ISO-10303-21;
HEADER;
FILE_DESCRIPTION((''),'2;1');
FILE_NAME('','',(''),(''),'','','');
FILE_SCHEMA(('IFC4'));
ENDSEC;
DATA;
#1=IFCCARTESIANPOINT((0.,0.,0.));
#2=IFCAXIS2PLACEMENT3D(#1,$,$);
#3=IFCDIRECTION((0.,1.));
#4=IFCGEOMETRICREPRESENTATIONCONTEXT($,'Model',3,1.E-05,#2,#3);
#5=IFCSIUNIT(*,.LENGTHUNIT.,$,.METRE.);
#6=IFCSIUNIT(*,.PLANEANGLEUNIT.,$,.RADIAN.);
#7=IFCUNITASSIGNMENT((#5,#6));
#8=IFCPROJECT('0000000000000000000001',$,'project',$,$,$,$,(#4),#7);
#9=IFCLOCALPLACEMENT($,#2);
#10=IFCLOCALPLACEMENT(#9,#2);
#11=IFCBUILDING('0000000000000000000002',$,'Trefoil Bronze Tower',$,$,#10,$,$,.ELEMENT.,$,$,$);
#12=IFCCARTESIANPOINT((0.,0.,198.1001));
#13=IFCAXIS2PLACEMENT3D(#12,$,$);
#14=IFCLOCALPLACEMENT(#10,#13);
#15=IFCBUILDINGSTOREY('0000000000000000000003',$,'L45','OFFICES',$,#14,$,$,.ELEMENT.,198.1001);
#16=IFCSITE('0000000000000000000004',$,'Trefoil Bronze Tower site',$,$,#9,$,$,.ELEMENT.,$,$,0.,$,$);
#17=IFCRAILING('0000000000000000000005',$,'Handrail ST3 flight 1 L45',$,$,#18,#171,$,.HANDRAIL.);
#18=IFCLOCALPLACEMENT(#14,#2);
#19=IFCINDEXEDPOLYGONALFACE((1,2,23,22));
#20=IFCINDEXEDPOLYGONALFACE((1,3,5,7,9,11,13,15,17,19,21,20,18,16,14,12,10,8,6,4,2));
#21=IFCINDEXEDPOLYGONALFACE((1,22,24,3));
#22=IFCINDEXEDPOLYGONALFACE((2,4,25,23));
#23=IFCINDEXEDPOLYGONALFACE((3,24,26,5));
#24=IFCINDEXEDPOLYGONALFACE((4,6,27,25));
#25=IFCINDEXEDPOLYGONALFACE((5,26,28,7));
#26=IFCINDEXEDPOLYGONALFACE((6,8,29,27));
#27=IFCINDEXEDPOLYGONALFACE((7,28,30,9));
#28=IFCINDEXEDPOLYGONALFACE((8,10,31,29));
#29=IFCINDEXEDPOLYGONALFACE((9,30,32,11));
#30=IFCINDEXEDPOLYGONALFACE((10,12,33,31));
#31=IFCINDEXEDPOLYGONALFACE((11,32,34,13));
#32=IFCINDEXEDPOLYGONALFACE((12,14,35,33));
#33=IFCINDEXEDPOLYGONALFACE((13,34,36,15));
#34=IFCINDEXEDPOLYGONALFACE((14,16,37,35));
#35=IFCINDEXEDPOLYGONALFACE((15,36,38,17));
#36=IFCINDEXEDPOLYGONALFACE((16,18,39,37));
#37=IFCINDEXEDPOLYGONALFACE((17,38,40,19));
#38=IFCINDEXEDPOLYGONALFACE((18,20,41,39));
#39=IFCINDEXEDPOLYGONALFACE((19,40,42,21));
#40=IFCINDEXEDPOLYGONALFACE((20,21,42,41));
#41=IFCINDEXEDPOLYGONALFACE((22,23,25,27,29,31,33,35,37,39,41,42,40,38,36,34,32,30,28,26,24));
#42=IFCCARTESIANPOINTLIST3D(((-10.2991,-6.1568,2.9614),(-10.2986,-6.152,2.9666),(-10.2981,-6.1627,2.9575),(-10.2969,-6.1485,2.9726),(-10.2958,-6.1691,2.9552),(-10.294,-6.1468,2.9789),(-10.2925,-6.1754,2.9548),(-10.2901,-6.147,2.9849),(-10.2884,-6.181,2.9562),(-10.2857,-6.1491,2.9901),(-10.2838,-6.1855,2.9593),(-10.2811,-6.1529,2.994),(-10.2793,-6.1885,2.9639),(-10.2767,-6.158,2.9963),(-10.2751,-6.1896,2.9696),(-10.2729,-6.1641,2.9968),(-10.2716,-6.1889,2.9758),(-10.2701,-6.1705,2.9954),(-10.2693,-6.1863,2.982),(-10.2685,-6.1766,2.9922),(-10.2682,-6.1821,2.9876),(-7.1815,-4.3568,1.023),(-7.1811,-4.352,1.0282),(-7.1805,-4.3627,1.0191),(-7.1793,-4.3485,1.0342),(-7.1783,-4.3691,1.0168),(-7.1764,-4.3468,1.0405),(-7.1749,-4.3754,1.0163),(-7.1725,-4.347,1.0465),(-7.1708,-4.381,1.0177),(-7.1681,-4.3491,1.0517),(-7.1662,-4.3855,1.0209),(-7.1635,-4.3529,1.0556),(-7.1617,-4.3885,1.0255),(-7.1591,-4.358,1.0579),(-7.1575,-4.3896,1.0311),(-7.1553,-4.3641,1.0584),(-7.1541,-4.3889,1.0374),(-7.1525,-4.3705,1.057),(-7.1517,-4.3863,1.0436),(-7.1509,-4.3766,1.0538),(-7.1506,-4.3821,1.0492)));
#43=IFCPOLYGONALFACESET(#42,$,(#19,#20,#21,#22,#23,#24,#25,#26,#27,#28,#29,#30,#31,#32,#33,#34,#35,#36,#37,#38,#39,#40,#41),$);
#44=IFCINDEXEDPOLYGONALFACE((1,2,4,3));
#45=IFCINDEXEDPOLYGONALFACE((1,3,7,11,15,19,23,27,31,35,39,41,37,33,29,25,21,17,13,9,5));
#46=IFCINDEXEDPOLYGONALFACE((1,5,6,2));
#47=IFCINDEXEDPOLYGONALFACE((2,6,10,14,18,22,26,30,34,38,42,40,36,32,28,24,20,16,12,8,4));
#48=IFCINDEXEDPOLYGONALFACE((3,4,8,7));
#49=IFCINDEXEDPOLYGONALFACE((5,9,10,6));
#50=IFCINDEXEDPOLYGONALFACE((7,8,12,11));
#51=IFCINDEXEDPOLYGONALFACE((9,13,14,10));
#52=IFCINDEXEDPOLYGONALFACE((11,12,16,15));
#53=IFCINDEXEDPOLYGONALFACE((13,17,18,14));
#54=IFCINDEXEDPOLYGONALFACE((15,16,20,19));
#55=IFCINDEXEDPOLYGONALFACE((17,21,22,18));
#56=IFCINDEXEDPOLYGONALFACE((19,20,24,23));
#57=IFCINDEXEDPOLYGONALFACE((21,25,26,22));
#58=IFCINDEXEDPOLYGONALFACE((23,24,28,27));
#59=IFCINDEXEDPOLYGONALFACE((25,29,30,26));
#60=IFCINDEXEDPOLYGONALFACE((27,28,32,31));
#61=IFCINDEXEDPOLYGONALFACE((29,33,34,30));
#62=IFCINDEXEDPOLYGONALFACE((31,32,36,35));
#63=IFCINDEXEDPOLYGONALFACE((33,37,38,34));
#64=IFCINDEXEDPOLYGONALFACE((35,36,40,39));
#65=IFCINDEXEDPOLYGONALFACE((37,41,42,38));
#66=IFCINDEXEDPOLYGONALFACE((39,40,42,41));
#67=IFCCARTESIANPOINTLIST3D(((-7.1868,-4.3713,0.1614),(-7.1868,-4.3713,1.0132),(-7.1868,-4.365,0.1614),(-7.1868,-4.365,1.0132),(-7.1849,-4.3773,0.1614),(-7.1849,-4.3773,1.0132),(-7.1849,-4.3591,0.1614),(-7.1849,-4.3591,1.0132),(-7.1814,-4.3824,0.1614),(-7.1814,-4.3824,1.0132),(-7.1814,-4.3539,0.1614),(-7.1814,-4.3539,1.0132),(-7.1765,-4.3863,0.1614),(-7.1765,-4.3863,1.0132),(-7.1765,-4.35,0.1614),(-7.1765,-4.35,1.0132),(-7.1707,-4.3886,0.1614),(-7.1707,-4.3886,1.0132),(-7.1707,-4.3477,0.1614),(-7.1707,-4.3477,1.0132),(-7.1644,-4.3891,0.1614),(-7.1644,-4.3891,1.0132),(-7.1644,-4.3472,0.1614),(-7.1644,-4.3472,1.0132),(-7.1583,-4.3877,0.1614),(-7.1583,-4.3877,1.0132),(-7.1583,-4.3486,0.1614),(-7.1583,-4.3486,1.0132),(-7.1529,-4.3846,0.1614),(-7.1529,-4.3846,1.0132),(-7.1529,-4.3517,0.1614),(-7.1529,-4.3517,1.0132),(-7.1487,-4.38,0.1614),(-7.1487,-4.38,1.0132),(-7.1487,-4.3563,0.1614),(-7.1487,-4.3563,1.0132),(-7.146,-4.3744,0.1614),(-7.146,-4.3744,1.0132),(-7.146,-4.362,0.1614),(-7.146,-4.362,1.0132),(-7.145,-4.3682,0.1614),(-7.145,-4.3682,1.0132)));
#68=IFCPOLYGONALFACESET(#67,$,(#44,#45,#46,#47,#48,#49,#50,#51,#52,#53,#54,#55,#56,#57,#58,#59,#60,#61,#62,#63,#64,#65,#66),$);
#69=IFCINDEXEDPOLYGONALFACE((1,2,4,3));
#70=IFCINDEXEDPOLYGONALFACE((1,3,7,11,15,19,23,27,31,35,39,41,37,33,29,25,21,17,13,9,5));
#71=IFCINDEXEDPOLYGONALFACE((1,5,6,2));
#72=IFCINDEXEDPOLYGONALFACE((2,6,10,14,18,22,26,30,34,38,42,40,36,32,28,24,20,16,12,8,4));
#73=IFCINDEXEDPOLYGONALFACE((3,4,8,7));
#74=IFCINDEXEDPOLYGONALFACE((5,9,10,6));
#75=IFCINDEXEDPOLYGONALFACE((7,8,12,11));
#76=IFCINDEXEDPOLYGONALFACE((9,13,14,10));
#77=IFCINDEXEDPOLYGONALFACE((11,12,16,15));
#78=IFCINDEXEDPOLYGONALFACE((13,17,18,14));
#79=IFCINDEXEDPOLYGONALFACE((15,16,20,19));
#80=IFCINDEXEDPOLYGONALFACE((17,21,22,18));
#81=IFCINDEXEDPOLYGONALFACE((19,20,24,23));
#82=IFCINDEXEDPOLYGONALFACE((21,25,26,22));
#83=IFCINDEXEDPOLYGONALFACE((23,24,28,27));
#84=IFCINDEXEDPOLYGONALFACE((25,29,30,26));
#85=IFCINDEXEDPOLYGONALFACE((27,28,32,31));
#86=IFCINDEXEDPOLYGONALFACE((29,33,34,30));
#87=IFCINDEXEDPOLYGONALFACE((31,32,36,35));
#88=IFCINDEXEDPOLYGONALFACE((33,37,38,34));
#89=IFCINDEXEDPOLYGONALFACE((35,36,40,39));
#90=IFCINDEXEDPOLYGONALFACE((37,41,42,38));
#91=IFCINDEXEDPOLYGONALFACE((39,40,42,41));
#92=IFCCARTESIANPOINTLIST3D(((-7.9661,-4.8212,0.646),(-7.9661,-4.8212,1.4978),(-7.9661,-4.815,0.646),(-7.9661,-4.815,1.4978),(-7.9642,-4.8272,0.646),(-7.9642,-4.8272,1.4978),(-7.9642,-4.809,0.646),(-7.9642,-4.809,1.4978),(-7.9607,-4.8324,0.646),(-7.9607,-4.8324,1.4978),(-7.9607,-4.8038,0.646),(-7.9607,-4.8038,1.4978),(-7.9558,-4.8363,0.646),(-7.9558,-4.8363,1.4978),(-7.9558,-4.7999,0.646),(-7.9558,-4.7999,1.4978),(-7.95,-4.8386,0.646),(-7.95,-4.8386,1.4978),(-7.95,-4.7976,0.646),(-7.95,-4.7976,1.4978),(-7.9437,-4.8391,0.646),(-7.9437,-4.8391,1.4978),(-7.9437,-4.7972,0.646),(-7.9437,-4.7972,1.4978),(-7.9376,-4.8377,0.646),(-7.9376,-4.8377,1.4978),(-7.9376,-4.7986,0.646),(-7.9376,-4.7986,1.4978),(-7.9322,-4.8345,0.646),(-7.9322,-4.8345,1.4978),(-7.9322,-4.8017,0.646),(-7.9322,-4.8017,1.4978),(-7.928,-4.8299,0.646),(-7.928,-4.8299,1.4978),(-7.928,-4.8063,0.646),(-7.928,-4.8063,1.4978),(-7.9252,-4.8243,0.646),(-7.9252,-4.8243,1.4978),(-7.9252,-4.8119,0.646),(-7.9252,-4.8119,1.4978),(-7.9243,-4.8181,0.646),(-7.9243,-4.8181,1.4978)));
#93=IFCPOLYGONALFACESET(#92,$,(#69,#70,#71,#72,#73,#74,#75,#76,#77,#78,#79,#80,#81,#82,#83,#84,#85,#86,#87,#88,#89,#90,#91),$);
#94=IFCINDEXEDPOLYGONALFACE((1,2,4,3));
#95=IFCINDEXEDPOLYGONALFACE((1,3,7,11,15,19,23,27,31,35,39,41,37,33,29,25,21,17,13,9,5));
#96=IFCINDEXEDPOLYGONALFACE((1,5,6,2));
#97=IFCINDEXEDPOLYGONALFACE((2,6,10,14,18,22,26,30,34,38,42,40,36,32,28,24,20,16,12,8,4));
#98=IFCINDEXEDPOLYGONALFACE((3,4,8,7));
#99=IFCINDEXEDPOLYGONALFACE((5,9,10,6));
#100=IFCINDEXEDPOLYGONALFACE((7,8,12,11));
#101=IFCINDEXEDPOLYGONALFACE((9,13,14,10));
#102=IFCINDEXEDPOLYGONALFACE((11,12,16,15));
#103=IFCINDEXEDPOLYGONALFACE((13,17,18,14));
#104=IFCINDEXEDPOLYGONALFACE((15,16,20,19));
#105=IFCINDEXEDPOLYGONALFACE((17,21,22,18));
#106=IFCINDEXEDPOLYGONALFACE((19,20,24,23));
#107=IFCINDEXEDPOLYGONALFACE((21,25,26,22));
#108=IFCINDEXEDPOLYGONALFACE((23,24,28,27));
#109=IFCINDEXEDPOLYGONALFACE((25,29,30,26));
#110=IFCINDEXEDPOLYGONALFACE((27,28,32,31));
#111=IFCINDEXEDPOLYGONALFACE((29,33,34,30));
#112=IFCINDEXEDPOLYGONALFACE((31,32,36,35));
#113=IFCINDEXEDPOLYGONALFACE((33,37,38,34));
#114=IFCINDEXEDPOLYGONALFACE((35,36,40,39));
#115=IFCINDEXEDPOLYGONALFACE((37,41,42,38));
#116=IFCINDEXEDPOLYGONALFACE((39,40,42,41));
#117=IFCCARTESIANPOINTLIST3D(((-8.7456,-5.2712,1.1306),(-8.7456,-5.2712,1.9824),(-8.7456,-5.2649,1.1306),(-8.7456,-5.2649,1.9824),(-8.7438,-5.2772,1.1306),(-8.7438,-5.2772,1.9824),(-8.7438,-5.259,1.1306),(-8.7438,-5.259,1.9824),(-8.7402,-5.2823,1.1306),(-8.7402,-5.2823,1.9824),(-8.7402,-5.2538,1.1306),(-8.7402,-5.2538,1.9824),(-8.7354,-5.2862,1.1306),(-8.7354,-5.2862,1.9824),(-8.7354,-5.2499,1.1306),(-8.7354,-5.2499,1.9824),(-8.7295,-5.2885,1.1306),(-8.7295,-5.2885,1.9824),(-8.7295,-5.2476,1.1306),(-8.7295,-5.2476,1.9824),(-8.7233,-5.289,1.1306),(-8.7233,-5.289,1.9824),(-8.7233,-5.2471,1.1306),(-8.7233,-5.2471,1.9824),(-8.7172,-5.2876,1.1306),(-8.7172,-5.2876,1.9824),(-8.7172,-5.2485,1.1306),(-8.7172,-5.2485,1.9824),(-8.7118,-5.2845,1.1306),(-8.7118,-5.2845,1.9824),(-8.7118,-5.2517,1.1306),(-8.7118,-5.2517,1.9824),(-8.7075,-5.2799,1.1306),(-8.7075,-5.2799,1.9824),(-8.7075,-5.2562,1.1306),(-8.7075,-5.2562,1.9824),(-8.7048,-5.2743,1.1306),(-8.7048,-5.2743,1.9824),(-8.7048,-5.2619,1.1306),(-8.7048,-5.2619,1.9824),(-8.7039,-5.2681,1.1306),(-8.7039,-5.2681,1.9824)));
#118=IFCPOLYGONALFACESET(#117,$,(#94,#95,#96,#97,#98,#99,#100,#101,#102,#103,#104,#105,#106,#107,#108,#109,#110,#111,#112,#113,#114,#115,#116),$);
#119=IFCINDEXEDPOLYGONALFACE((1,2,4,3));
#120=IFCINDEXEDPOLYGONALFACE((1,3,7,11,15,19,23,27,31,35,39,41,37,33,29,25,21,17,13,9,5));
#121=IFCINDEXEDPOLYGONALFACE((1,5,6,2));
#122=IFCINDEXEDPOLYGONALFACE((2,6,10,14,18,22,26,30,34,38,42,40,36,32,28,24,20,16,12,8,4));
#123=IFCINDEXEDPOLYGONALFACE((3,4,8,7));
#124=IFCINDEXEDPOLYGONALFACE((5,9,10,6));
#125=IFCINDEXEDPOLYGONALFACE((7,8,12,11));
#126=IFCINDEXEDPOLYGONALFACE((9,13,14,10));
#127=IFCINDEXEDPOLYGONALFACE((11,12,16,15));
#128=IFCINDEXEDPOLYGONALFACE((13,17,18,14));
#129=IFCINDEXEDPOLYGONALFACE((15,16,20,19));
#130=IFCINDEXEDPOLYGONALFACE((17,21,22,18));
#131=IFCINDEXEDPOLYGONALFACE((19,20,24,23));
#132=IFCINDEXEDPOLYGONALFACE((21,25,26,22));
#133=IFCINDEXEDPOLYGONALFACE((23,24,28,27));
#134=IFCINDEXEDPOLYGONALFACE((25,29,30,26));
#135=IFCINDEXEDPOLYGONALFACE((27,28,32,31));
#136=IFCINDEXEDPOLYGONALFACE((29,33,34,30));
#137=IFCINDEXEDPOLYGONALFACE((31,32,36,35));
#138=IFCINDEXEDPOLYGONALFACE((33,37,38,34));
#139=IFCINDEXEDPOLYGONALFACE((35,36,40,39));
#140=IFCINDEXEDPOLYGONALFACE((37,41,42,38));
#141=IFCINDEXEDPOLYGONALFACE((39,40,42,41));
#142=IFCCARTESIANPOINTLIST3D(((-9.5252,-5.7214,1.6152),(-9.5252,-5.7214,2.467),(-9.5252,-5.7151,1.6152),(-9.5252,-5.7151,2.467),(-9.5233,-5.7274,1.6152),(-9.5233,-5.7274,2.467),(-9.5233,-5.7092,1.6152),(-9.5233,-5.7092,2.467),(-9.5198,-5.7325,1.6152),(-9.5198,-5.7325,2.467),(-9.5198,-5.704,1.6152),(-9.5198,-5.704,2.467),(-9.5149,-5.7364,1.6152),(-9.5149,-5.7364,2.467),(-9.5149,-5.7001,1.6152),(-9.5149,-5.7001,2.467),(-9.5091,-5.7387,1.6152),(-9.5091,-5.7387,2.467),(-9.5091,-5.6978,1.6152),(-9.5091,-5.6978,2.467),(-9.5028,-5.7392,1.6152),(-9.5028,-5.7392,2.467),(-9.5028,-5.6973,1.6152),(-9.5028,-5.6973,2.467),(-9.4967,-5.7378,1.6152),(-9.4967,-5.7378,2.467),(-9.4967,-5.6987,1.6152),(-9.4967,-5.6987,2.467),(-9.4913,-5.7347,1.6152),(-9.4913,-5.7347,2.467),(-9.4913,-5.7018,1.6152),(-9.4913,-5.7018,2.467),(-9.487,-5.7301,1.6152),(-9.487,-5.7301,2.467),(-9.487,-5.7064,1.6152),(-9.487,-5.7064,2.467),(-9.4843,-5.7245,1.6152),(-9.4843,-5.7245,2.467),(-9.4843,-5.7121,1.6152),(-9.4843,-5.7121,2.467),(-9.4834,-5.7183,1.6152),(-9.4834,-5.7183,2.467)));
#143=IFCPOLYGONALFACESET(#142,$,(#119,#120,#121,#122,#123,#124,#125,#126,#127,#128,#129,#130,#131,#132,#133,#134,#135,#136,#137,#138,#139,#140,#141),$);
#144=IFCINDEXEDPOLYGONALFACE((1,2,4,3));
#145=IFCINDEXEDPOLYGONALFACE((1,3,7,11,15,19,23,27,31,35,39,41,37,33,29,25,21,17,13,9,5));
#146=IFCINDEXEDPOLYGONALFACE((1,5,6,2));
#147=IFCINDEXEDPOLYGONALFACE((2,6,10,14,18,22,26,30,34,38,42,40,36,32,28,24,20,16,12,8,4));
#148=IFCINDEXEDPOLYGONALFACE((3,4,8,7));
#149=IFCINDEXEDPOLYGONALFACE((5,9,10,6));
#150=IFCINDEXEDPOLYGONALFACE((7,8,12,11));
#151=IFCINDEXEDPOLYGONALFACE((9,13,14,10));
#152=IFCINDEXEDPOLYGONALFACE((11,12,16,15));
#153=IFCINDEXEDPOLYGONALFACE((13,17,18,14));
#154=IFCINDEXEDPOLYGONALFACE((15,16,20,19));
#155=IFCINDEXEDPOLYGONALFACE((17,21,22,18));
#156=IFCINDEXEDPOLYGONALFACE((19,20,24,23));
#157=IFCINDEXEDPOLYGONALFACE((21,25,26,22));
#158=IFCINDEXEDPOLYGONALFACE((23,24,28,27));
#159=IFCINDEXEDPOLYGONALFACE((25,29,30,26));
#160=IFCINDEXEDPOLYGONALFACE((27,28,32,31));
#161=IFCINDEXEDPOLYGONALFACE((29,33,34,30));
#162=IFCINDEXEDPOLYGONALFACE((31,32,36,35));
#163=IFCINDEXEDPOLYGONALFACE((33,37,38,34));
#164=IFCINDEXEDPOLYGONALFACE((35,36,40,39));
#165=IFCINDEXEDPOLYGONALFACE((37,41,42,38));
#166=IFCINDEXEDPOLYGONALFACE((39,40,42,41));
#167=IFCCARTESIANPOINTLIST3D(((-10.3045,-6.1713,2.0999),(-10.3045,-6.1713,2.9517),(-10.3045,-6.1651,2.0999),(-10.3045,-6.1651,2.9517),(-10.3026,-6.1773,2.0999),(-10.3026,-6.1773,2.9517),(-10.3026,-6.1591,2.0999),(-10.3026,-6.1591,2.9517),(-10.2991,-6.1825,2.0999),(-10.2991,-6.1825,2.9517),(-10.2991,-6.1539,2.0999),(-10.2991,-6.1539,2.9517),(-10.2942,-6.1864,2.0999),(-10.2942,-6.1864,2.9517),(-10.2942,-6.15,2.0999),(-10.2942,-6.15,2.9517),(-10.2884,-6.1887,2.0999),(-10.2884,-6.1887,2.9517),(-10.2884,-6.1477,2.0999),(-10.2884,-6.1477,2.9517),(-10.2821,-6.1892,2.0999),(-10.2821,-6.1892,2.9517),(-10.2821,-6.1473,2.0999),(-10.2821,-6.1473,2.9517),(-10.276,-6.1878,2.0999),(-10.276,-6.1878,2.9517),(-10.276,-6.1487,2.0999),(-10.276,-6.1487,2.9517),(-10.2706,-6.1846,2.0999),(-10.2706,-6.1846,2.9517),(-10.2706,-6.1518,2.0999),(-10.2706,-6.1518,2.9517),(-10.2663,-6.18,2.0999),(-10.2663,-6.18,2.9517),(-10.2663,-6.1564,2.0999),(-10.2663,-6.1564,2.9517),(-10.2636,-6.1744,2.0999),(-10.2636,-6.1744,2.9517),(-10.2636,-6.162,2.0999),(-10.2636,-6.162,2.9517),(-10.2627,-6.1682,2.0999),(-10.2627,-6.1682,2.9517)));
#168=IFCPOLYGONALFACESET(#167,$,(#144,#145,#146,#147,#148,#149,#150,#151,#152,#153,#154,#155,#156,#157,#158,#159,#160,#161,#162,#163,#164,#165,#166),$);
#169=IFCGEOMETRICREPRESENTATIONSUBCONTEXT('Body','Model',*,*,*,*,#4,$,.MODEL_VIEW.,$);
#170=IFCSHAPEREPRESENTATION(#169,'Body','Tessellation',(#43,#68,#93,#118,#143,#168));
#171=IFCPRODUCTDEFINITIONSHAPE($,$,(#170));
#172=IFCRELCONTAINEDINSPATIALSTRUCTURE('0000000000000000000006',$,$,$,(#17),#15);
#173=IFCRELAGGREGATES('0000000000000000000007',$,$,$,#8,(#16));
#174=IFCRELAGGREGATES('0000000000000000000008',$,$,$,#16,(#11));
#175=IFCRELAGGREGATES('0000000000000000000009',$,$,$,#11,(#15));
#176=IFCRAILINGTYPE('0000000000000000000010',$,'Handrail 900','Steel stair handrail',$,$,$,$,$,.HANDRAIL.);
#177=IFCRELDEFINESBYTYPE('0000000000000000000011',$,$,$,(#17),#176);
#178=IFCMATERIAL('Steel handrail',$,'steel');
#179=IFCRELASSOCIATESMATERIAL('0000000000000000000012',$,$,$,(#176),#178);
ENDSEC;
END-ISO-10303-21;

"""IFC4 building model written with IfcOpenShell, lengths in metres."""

from ifc_helpers import new_model, si_unit, direction, frame, origin, origin_2d, place, context, subcontext, project, spatial, circle, extrude, material, type_object, element, save


model = new_model("IFC4")

# Units and contexts
model_context = context("Model", 3, precision=1e-05, world=origin(), true_north=direction((0.0, 1.0)))
body_context = subcontext(model_context, "Body", "Model", "MODEL_VIEW")
ifc_project = project(units=[si_unit("LENGTHUNIT", "METRE"), si_unit("PLANEANGLEUNIT", "RADIAN")], contexts=[model_context])

# Site, building, storey
site_placement = place(None, origin())
site = spatial("IfcSite", under=ifc_project, at=site_placement, Name="Trefoil Bronze Tower site", CompositionType="ELEMENT", RefElevation=0.0)
building_placement = place(site_placement, origin())
building = spatial("IfcBuilding", under=site, at=building_placement, Name="Trefoil Bronze Tower", CompositionType="ELEMENT")
storey_placement = place(building_placement, frame((0.0, 0.0, 198.1001)))
storey = spatial("IfcBuildingStorey", under=building, at=storey_placement, Name="L45", Description="OFFICES", CompositionType="ELEMENT", Elevation=198.1001)

# Railing
ifc_material_1 = material(Name="Steel handrail", Category="steel")
railing_type = type_object("IfcRailingType", Name="Handrail 900", Description="Steel stair handrail", PredefinedType="HANDRAIL", material=ifc_material_1)
railing_1_placement = place(storey_placement, frame((-7.166, -4.3682, 0.1614)))
element("IfcRailing", 1, at=railing_1_placement, inside=storey, type_object=railing_type, Name="Handrail ST3 flight 1 L45", PredefinedType="HANDRAIL", context=body_context, shape_type="SweptSolid", body=[
    extrude(circle(Radius=0.0239, at=origin_2d()), frame((0.0, 0.0, 0.876), z_axis=(-0.762503, -0.440246, 0.474102), x_axis=(0.500012, -0.866018, 0.0)), (0.0, 0.0, 1.0), 4.0886),
    extrude(circle(Radius=0.021, at=origin_2d()), origin(), (0.0, 0.0, 1.0), 0.8518),
    extrude(circle(Radius=0.021, at=origin_2d()), frame((-0.7793, -0.45, 0.4846)), (0.0, 0.0, 1.0), 0.8518),
    extrude(circle(Radius=0.021, at=origin_2d()), frame((-1.5588, -0.8999, 0.9692)), (0.0, 0.0, 1.0), 0.8518),
    extrude(circle(Radius=0.021, at=origin_2d()), frame((-2.3384, -1.3501, 1.4539)), (0.0, 0.0, 1.0), 0.8518),
    extrude(circle(Radius=0.021, at=origin_2d()), frame((-3.1177, -1.8, 1.9385)), (0.0, 0.0, 1.0), 0.8518),
])

save(model, "model.ifc")
